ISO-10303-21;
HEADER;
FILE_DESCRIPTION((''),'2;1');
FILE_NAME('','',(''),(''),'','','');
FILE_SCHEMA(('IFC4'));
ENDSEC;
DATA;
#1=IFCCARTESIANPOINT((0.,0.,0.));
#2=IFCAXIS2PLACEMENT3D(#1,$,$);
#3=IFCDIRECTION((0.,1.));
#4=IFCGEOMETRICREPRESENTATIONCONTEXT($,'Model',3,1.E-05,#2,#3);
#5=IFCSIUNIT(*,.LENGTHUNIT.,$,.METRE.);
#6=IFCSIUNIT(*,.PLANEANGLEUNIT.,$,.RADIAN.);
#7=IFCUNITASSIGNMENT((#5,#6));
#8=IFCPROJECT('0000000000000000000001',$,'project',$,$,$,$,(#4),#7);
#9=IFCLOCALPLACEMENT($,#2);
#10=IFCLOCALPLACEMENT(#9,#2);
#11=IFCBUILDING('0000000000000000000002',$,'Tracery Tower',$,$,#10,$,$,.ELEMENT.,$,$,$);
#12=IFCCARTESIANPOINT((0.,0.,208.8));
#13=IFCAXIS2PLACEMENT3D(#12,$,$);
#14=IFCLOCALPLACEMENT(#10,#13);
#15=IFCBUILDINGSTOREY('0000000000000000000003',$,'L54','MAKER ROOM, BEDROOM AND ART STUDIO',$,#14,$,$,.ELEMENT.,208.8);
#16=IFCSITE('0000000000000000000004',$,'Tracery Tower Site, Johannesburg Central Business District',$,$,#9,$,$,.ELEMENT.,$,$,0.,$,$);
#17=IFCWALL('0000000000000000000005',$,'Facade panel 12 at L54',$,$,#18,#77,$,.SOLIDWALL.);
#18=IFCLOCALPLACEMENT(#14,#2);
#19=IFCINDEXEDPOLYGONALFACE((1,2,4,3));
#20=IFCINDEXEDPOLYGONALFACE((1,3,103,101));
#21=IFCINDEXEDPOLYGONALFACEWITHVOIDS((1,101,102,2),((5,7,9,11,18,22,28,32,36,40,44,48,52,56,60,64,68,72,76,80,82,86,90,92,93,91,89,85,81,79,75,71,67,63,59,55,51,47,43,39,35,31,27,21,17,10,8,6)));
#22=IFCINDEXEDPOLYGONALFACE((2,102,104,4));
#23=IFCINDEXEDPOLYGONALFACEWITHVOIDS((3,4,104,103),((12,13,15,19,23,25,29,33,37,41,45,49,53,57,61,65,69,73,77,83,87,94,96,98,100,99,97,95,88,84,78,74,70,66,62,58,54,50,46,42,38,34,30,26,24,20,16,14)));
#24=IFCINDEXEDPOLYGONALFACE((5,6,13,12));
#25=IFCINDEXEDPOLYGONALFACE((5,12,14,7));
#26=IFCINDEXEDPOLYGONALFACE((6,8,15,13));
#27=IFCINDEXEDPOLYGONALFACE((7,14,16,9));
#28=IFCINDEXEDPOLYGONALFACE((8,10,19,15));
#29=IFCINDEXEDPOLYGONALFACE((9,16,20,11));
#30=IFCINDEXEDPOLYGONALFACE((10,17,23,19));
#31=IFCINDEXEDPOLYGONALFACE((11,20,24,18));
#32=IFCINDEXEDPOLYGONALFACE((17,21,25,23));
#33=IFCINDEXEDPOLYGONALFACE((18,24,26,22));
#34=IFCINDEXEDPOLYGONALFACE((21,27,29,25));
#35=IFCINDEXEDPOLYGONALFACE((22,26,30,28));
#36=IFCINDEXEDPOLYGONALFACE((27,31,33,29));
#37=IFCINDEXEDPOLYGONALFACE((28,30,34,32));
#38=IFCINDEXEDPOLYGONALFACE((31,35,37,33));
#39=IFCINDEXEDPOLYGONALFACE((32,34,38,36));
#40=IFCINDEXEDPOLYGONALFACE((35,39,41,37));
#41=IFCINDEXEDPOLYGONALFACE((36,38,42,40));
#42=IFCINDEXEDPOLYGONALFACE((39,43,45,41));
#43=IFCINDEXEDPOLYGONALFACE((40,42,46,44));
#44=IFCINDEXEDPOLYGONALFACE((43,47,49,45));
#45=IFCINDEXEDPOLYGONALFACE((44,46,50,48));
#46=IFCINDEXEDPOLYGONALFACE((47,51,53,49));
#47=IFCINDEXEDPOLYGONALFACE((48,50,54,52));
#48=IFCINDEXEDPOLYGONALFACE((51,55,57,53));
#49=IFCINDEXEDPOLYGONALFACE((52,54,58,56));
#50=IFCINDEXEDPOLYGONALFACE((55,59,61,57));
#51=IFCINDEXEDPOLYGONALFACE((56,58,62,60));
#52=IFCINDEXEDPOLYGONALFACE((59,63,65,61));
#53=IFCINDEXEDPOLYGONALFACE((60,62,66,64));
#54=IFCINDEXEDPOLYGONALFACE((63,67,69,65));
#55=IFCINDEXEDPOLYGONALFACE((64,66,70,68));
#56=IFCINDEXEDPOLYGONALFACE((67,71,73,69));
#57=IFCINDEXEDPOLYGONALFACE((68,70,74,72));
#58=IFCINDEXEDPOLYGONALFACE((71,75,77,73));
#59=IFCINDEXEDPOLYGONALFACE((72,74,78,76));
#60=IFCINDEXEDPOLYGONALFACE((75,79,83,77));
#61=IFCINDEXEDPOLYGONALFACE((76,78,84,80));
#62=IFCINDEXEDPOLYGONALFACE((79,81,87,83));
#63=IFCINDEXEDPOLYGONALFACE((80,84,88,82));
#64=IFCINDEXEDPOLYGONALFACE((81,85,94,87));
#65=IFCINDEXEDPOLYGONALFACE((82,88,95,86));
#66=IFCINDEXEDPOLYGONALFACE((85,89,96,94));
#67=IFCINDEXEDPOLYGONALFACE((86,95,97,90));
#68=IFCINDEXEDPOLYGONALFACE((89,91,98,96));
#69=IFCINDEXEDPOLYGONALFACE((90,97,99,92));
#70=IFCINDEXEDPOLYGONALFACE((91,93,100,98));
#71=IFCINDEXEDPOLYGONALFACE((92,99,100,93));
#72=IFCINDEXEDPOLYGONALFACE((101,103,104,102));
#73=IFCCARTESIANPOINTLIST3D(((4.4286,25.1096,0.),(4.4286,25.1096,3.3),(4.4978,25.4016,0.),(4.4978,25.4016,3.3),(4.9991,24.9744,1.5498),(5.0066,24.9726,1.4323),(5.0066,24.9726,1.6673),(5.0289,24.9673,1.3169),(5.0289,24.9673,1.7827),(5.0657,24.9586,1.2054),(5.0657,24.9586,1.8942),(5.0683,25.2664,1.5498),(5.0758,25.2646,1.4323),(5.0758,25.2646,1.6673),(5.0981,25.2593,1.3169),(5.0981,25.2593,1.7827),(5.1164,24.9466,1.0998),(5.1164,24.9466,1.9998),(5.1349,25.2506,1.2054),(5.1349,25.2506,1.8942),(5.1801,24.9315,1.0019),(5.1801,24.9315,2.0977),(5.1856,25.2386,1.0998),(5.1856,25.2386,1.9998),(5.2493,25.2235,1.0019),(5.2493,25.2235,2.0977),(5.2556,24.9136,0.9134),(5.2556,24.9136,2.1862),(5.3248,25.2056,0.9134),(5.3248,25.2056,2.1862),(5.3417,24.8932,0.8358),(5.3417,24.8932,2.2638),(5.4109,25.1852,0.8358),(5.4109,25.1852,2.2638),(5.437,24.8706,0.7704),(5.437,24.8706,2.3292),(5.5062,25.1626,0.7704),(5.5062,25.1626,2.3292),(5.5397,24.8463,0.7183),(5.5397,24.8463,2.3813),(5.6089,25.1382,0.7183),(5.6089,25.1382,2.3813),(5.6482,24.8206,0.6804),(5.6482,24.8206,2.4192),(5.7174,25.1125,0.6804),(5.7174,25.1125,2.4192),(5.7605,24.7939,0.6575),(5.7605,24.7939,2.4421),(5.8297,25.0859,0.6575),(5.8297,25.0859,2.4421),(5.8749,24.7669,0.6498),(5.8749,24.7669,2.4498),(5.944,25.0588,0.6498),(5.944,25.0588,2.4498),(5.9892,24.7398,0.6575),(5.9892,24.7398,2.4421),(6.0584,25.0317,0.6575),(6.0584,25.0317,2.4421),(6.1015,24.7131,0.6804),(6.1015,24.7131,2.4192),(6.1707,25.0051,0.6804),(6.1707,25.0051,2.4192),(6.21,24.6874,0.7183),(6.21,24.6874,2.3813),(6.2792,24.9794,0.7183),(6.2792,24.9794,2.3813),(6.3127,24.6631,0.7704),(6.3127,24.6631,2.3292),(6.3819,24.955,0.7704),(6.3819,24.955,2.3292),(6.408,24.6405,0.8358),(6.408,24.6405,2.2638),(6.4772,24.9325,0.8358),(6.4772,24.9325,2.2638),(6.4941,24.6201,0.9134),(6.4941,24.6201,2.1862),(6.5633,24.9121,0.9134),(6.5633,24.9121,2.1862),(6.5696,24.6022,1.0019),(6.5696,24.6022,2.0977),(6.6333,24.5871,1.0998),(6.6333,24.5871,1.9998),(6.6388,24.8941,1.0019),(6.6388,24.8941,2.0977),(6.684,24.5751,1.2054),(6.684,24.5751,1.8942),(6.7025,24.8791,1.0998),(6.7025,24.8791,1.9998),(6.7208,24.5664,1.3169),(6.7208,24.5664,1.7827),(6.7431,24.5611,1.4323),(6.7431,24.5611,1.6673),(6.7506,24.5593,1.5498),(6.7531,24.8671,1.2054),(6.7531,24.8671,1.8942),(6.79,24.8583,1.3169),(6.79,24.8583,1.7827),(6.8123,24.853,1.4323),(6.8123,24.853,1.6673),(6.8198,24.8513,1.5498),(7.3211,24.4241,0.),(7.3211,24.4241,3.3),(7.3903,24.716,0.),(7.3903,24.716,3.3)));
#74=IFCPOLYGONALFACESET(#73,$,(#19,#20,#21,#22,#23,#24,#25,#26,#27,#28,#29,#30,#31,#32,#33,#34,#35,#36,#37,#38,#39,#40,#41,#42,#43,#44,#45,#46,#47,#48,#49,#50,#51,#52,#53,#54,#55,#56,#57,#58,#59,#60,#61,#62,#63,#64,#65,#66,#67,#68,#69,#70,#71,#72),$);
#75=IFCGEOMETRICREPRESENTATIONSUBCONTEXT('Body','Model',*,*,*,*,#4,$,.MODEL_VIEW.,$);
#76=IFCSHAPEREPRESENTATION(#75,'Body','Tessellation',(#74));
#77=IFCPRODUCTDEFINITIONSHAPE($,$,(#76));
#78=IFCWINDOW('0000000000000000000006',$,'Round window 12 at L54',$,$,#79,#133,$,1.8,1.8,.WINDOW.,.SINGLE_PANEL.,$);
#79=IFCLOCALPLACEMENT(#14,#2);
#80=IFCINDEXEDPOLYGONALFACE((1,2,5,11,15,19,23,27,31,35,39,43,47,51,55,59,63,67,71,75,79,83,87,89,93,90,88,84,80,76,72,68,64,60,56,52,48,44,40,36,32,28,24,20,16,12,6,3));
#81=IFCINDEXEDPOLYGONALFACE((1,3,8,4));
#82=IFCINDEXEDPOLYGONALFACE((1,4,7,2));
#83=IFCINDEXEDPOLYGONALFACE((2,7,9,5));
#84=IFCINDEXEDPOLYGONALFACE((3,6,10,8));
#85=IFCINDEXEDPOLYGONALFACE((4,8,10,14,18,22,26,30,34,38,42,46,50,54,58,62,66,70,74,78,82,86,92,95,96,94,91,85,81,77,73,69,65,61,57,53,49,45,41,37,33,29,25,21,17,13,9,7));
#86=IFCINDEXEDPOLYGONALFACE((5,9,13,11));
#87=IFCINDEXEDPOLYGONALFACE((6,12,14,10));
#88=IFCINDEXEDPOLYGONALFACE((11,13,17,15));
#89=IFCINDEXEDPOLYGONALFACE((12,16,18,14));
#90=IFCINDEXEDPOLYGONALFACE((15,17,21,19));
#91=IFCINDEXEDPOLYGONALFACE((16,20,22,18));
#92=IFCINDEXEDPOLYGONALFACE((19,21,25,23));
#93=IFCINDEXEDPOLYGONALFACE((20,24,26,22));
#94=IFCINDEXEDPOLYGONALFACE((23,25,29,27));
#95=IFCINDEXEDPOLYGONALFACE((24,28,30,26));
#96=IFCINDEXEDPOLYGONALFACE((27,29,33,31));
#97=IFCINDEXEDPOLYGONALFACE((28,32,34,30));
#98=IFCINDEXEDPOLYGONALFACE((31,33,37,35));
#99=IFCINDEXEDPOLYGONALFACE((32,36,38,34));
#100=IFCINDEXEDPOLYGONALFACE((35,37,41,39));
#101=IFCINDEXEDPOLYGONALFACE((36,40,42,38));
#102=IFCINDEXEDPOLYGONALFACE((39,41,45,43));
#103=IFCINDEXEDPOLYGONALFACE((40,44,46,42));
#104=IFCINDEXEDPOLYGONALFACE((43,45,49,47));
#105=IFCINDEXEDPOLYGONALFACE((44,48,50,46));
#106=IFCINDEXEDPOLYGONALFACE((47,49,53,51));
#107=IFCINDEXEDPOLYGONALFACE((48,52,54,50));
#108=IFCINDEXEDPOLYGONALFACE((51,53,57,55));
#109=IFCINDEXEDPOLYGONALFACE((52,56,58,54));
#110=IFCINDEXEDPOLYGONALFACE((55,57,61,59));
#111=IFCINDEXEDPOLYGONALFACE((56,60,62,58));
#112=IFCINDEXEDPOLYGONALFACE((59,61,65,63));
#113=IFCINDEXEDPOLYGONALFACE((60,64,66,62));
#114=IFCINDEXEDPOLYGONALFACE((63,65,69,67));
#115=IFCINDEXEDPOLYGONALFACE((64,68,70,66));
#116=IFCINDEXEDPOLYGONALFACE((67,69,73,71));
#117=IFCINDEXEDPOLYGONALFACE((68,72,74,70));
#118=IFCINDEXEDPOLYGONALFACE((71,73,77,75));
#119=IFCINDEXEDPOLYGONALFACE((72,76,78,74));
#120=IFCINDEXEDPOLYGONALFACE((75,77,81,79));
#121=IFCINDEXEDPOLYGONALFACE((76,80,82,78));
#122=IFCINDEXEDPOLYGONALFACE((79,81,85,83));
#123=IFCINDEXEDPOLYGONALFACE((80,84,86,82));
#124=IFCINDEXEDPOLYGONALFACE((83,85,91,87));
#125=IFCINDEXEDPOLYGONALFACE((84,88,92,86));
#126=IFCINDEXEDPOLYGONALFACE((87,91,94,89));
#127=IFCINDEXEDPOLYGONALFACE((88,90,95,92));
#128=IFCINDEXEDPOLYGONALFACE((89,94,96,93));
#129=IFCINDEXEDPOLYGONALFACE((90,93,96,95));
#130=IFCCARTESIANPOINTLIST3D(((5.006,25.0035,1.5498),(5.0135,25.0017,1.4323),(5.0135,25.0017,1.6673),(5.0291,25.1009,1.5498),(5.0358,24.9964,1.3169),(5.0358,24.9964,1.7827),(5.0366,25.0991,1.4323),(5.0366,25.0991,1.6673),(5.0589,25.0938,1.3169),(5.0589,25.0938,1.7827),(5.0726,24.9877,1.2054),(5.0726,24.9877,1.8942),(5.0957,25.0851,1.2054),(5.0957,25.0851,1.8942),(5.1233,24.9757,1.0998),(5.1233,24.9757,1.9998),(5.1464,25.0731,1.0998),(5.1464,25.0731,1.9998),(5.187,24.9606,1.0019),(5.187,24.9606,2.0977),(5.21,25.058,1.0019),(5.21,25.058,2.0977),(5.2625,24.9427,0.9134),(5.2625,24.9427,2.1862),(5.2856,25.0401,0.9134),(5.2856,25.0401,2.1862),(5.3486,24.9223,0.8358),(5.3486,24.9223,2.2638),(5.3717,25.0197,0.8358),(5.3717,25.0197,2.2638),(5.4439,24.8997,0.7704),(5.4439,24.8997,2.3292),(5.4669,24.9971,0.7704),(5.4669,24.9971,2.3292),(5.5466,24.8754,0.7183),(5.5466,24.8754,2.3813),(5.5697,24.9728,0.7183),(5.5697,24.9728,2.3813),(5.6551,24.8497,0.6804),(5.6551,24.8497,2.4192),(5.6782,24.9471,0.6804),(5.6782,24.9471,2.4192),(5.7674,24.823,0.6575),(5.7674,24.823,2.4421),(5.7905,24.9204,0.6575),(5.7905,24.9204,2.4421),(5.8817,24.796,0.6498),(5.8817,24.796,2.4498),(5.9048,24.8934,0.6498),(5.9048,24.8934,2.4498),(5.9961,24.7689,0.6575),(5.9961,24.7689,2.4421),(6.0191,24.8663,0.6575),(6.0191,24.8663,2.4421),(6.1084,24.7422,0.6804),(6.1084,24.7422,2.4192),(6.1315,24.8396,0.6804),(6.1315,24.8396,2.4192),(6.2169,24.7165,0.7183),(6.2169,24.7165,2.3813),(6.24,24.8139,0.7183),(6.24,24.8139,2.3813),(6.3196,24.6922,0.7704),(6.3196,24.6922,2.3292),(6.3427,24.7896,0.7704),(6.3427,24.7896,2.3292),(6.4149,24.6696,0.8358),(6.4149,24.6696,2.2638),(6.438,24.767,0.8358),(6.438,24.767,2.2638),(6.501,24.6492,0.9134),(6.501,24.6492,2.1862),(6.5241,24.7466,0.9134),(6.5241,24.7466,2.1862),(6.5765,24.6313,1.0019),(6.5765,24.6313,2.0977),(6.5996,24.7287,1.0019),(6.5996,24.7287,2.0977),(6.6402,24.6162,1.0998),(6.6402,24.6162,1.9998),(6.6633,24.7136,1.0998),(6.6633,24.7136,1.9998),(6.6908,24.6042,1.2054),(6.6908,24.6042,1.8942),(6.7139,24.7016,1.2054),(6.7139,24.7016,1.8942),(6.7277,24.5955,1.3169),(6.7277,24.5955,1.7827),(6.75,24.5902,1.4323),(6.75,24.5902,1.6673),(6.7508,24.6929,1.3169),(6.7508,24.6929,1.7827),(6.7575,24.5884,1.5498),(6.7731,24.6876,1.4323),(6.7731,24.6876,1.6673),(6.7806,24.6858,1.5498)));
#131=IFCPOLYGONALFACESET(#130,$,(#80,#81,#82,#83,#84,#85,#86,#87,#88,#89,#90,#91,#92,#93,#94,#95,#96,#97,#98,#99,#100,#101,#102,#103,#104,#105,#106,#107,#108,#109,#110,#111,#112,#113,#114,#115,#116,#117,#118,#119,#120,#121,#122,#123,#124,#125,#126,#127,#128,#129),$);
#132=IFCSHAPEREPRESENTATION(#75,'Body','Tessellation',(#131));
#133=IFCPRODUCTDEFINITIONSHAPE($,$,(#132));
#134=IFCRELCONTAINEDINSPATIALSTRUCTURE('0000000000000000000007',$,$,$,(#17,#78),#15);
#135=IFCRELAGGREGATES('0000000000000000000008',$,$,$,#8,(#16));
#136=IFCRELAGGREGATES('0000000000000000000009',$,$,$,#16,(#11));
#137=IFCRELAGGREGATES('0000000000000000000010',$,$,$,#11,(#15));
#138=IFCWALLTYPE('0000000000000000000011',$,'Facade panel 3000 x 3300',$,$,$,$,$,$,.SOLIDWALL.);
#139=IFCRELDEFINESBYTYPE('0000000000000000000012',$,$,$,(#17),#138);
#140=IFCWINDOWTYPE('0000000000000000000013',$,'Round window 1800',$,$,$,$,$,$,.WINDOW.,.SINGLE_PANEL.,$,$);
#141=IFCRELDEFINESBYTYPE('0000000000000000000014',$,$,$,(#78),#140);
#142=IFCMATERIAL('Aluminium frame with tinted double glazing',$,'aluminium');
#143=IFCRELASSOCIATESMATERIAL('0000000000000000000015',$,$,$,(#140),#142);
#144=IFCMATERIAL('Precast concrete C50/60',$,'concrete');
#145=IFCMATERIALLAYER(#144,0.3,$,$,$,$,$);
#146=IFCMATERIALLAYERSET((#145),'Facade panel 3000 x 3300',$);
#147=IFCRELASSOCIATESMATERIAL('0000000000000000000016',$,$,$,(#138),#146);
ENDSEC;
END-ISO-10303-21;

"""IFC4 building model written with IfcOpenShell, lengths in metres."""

from ifc_helpers import new_model, si_unit, direction, frame, frame_2d, origin, origin_2d, place, context, subcontext, project, spatial, rectangle, circle, extrude, material, layer, layer_set, type_object, element, fill, save


model = new_model("IFC4")

# Units and contexts
model_context = context("Model", 3, precision=1e-05, world=origin(), true_north=direction((0.0, 1.0)))
body_context = subcontext(model_context, "Body", "Model", "MODEL_VIEW")
ifc_project = project(units=[si_unit("LENGTHUNIT", "METRE"), si_unit("PLANEANGLEUNIT", "RADIAN")], contexts=[model_context])

# Site, building, storey
site_placement = place(None, origin())
site = spatial("IfcSite", under=ifc_project, at=site_placement, Name="Tracery Tower Site, Johannesburg Central Business District", CompositionType="ELEMENT", RefElevation=0.0)
building_placement = place(site_placement, origin())
building = spatial("IfcBuilding", under=site, at=building_placement, Name="Tracery Tower", CompositionType="ELEMENT")
storey_placement = place(building_placement, frame((0.0, 0.0, 208.8)))
storey = spatial("IfcBuildingStorey", under=building, at=storey_placement, Name="L54", Description="MAKER ROOM, BEDROOM AND ART STUDIO", CompositionType="ELEMENT", Elevation=208.8)

# Wall, opening, window
ifc_material_1 = material(Name="Aluminium frame with tinted double glazing", Category="aluminium")
window_type = type_object("IfcWindowType", Name="Round window 1800", PartitioningType="SINGLE_PANEL", PredefinedType="WINDOW", material=ifc_material_1)
ifc_material_2 = material(Name="Precast concrete C50/60", Category="concrete")
ifc_layer_1 = layer(ifc_material_2, 0.3)
ifc_layer_set_1 = layer_set([ifc_layer_1], Name="Facade panel 3000 x 3300")
wall_type_1 = type_object("IfcWallType", Name="Facade panel 3000 x 3300", PredefinedType="SOLIDWALL", material=ifc_layer_set_1)
wall_1_placement = place(storey_placement, frame((7.3557, 24.5701, 0.0), z_axis=(0.0, 0.0, 1.0), x_axis=(-0.973045, 0.230614, 0.0)))
wall_1 = element("IfcWall", 1, at=wall_1_placement, inside=storey, type_object=wall_type_1, Name="Facade panel 12 at L54", PredefinedType="SOLIDWALL", context=body_context, shape_type="SweptSolid", body=[
    extrude(rectangle(XDim=2.9727, YDim=0.3, at=frame_2d((1.4863, 0.0))), origin(), (0.0, 0.0, 1.0), 3.3),
])
opening_1_placement = place(wall_1_placement, frame((1.4863, 0.0, 1.5498)))
opening_1 = element("IfcOpeningElement", 2, at=opening_1_placement, cuts=wall_1, PredefinedType="OPENING", context=body_context, shape_type="SweptSolid", body=[
    extrude(circle(Radius=0.9, at=origin_2d()), frame((0.0, 0.1599, 0.0), z_axis=(0.0, -1.0, 0.0), x_axis=(1.0, 0.0, 0.0)), (0.0, 0.0, 1.0), 0.3201),
])
window_1_placement = place(opening_1_placement, origin())
window_1 = element("IfcWindow", 3, at=window_1_placement, inside=storey, type_object=window_type, Name="Round window 12 at L54", OverallHeight=1.8, OverallWidth=1.8, PartitioningType="SINGLE_PANEL", PredefinedType="WINDOW", context=body_context, shape_type="SweptSolid", body=[
    extrude(circle(Radius=0.9, at=origin_2d()), frame((0.0, 0.1201, 0.0), z_axis=(0.0, -1.0, 0.0), x_axis=(1.0, 0.0, 0.0)), (0.0, 0.0, 1.0), 0.1001),
])
fill(opening_1, window_1)

save(model, "model.ifc")
